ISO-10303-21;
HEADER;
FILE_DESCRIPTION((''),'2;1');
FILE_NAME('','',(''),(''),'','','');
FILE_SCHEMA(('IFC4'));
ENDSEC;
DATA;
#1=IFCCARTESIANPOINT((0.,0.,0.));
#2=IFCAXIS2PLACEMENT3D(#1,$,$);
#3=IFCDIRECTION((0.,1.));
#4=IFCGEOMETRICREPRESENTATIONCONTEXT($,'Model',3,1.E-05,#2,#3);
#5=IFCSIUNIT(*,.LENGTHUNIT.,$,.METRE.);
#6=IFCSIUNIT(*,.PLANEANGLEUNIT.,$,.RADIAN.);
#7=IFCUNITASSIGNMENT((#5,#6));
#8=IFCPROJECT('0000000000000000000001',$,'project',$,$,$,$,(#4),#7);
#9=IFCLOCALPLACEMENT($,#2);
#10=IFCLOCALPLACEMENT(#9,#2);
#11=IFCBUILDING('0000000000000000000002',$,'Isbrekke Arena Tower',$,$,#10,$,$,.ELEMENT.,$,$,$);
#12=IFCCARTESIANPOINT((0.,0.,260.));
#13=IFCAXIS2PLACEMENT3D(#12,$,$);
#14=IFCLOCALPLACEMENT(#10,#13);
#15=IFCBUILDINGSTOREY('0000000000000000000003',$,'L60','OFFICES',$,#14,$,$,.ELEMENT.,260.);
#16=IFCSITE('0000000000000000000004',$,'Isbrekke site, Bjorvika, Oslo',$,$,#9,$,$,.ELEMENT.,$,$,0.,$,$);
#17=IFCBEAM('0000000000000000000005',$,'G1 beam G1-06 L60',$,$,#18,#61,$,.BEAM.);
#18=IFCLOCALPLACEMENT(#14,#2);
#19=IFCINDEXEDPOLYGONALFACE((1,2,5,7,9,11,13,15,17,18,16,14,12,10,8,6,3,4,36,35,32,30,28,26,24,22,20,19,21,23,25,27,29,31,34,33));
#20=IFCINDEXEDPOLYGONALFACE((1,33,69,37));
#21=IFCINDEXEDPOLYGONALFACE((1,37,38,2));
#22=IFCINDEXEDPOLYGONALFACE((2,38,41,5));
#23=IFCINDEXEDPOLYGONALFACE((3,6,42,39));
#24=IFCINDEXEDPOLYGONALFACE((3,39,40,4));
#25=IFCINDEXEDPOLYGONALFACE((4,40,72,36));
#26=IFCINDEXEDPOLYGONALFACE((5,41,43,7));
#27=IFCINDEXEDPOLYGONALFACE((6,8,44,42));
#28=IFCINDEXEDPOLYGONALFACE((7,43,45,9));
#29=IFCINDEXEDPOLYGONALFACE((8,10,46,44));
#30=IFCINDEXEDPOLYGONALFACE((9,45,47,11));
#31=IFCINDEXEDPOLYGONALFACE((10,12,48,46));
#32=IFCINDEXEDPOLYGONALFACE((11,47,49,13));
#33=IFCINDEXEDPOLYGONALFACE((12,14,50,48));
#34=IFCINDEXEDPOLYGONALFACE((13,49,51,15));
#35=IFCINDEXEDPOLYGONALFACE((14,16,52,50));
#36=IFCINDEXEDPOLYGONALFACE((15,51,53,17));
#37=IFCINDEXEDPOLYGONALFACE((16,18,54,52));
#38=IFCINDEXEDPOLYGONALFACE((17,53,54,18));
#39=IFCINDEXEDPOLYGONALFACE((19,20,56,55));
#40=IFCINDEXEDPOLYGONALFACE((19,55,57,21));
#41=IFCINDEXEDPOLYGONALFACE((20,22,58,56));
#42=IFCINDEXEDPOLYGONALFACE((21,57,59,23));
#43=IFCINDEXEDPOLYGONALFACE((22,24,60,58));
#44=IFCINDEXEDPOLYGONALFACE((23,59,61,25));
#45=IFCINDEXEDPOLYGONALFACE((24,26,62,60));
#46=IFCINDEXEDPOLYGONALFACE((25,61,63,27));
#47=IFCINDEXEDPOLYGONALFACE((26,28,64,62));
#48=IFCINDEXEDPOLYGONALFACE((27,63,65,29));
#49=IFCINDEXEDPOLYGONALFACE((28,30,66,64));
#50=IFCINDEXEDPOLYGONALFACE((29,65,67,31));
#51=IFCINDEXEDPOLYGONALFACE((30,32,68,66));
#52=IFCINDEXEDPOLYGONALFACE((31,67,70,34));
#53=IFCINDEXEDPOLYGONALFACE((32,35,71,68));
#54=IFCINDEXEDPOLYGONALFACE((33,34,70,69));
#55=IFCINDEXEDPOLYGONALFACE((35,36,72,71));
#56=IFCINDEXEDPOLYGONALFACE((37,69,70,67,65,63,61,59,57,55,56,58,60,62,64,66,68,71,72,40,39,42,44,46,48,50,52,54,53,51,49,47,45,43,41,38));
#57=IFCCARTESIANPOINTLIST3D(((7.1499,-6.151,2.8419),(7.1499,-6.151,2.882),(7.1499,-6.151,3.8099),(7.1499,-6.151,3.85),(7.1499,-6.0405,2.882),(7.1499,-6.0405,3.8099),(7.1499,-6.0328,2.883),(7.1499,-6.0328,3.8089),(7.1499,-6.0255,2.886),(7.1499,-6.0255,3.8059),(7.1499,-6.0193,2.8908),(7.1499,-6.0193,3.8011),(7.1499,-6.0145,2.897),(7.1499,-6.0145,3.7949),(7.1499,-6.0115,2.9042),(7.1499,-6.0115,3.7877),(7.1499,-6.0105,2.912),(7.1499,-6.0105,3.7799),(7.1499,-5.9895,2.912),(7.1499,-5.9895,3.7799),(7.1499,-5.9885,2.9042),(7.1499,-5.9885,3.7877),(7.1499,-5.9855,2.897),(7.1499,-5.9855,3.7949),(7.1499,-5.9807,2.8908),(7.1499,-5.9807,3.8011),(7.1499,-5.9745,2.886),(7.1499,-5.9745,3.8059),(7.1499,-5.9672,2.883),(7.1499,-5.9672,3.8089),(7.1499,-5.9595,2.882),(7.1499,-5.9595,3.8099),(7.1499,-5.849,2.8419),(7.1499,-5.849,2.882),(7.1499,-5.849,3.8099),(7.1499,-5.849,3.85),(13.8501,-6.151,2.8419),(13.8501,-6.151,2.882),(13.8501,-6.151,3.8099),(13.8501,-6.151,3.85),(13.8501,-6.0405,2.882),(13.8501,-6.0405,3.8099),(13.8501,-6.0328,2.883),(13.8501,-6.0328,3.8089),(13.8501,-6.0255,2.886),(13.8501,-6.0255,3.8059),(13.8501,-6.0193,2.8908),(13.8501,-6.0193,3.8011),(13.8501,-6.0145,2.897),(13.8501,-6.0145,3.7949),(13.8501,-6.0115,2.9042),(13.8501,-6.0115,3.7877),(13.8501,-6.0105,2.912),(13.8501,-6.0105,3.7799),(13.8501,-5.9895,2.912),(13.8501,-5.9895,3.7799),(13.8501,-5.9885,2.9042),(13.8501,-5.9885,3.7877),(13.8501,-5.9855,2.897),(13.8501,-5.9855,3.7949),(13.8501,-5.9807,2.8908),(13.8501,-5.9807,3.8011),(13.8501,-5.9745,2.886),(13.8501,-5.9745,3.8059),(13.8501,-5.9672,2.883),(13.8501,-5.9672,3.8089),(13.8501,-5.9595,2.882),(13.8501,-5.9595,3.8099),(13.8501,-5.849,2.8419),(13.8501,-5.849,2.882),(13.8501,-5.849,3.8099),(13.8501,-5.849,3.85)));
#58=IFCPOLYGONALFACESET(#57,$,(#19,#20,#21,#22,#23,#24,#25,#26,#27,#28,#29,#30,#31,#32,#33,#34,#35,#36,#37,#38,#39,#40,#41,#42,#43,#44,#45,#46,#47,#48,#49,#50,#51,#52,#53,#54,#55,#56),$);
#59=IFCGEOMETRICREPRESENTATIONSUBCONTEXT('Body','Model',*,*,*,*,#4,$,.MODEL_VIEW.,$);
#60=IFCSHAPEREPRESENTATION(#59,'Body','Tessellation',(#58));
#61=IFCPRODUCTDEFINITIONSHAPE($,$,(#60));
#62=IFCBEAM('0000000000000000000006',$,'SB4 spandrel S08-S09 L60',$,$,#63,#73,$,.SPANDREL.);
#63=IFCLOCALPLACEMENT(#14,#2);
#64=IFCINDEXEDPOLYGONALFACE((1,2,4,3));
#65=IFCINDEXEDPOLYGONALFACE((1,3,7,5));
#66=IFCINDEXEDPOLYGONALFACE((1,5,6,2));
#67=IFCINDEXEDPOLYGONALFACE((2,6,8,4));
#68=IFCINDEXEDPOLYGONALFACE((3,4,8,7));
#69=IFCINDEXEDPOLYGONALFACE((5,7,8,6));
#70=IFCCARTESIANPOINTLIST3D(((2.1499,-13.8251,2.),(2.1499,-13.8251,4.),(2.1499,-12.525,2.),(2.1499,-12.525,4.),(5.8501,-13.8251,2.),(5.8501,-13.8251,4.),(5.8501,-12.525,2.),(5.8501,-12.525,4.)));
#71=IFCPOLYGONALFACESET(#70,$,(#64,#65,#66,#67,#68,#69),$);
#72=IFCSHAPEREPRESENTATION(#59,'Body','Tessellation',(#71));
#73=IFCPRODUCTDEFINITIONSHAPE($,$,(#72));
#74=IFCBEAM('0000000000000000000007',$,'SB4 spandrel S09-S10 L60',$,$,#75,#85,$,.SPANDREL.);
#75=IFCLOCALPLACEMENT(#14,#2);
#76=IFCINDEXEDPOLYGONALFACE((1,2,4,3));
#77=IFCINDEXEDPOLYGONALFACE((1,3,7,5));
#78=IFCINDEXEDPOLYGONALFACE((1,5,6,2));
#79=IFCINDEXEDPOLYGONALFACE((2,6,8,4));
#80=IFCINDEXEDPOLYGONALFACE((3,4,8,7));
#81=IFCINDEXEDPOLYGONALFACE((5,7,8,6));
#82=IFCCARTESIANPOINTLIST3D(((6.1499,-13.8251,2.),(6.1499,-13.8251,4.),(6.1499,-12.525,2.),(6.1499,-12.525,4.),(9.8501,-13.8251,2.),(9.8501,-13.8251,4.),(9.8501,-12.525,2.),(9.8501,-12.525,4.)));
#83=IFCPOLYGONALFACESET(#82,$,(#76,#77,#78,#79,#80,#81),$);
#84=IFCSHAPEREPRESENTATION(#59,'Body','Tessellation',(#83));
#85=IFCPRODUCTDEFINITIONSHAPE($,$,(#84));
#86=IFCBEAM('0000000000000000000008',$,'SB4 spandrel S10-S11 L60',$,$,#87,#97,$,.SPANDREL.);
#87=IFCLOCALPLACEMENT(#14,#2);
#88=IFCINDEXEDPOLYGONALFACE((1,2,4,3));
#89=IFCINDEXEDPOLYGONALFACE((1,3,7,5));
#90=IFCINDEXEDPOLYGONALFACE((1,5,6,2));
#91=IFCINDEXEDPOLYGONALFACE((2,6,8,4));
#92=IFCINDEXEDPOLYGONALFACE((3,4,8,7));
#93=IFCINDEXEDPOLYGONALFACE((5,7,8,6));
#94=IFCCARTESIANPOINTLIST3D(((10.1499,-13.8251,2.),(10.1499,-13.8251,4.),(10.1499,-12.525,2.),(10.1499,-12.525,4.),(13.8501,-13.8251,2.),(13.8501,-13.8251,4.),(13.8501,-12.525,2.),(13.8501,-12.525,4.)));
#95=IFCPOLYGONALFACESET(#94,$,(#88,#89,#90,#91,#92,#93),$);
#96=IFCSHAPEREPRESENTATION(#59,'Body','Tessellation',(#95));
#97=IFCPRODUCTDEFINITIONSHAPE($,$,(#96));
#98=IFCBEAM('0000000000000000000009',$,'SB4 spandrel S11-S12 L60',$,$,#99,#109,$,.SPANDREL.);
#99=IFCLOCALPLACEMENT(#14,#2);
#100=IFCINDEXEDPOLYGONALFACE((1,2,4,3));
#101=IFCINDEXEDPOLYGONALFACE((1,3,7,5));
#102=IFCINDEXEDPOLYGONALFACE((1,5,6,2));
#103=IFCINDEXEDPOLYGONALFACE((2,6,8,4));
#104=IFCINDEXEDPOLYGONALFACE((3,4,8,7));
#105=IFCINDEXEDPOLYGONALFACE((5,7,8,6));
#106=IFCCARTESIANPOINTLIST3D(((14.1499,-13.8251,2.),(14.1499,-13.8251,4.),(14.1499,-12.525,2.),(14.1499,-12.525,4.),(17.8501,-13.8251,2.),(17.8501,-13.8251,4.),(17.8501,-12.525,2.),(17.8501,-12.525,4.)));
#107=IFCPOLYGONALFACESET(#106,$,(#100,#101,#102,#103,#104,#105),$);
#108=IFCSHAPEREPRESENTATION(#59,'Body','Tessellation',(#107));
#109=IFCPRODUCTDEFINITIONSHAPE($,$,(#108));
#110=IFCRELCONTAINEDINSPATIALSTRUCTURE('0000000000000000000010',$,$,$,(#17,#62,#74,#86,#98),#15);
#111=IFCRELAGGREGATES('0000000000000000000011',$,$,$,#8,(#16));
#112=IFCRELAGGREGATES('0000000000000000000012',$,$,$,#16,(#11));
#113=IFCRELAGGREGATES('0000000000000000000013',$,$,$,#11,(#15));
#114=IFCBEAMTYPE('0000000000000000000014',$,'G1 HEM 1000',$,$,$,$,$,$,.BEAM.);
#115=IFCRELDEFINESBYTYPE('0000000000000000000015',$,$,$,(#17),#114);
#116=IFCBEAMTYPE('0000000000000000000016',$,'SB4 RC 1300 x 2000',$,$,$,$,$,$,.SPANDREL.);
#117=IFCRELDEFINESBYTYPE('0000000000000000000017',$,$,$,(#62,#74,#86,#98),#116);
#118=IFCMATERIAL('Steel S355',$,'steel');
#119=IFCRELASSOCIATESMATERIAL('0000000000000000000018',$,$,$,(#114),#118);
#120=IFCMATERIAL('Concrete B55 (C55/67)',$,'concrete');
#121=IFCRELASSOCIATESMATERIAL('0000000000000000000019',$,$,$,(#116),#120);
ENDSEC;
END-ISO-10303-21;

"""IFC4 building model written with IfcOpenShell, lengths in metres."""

from ifc_helpers import new_model, si_unit, direction, frame, origin, origin_2d, place, context, subcontext, project, spatial, rectangle, i_section, extrude, material, material_profile, profile_set, type_object, element, save


model = new_model("IFC4")

# Units and contexts
model_context = context("Model", 3, precision=1e-05, world=origin(), true_north=direction((0.0, 1.0)))
body_context = subcontext(model_context, "Body", "Model", "MODEL_VIEW")
ifc_project = project(units=[si_unit("LENGTHUNIT", "METRE"), si_unit("PLANEANGLEUNIT", "RADIAN")], contexts=[model_context])

# Site, building, storey
site_placement = place(None, origin())
site = spatial("IfcSite", under=ifc_project, at=site_placement, Name="Isbrekke site, Bjorvika, Oslo", CompositionType="ELEMENT", RefElevation=0.0)
building_placement = place(site_placement, origin())
building = spatial("IfcBuilding", under=site, at=building_placement, Name="Isbrekke Arena Tower", CompositionType="ELEMENT")
storey_placement = place(building_placement, frame((0.0, 0.0, 260.0)))
storey = spatial("IfcBuildingStorey", under=building, at=storey_placement, Name="L60", Description="OFFICES", CompositionType="ELEMENT", Elevation=260.0)

# Beams
ifc_material_1 = material(Name="Steel S355", Category="steel")
ifc_material_profile_1 = material_profile(ifc_material_1, i_section(OverallWidth=0.302, OverallDepth=1.0081, WebThickness=0.021, FlangeThickness=0.04, FilletRadius=0.03, at=origin_2d()), Name="HEM 1000")
ifc_profile_set_1 = profile_set([ifc_material_profile_1], Name="Steel S355")
beam_type_1 = type_object("IfcBeamType", Name="G1 HEM 1000", PredefinedType="BEAM", material=ifc_profile_set_1)
for number, where, z_axis, x_axis, name in (
    (1, (7.1499, -6.0, 3.3459), (1.0, 0.0, 0.0), (0.0, 1.0, 0.0), "G1 beam G1-06 L60"),
):
    element("IfcBeam", number, at=place(storey_placement, frame(where, z_axis=z_axis, x_axis=x_axis)), inside=storey, type_object=beam_type_1, Name=name, PredefinedType="BEAM", context=body_context, shape_type="SweptSolid", body=[
        extrude(i_section(OverallWidth=0.302, OverallDepth=1.0081, WebThickness=0.021, FlangeThickness=0.04, FilletRadius=0.03, at=origin_2d()), origin(), (0.0, 0.0, 1.0), 6.7002),
    ])
ifc_material_2 = material(Name="Concrete B55 (C55/67)", Category="concrete")
ifc_material_profile_2 = material_profile(ifc_material_2, rectangle(XDim=1.3, YDim=2.0, at=origin_2d()), Name="RC 1300x2000")
ifc_profile_set_2 = profile_set([ifc_material_profile_2], Name="Concrete B55 (C55/67)")
beam_type_2 = type_object("IfcBeamType", Name="SB4 RC 1300 x 2000", PredefinedType="SPANDREL", material=ifc_profile_set_2)
for number, where, z_axis, x_axis, name in (
    (2, (2.1499, -13.175, 3.0), (1.0, 0.0, 0.0), (0.0, 1.0, 0.0), "SB4 spandrel S08-S09 L60"),
    (3, (6.1499, -13.175, 3.0), (1.0, 0.0, 0.0), (0.0, 1.0, 0.0), "SB4 spandrel S09-S10 L60"),
    (4, (10.1499, -13.175, 3.0), (1.0, 0.0, 0.0), (0.0, 1.0, 0.0), "SB4 spandrel S10-S11 L60"),
    (5, (14.1499, -13.175, 3.0), (1.0, 0.0, 0.0), (0.0, 1.0, 0.0), "SB4 spandrel S11-S12 L60"),
):
    element("IfcBeam", number, at=place(storey_placement, frame(where, z_axis=z_axis, x_axis=x_axis)), inside=storey, type_object=beam_type_2, Name=name, PredefinedType="SPANDREL", context=body_context, shape_type="SweptSolid", body=[
        extrude(rectangle(XDim=1.3, YDim=2.0, at=origin_2d()), origin(), (0.0, 0.0, 1.0), 3.7002),
    ])

save(model, "model.ifc")
